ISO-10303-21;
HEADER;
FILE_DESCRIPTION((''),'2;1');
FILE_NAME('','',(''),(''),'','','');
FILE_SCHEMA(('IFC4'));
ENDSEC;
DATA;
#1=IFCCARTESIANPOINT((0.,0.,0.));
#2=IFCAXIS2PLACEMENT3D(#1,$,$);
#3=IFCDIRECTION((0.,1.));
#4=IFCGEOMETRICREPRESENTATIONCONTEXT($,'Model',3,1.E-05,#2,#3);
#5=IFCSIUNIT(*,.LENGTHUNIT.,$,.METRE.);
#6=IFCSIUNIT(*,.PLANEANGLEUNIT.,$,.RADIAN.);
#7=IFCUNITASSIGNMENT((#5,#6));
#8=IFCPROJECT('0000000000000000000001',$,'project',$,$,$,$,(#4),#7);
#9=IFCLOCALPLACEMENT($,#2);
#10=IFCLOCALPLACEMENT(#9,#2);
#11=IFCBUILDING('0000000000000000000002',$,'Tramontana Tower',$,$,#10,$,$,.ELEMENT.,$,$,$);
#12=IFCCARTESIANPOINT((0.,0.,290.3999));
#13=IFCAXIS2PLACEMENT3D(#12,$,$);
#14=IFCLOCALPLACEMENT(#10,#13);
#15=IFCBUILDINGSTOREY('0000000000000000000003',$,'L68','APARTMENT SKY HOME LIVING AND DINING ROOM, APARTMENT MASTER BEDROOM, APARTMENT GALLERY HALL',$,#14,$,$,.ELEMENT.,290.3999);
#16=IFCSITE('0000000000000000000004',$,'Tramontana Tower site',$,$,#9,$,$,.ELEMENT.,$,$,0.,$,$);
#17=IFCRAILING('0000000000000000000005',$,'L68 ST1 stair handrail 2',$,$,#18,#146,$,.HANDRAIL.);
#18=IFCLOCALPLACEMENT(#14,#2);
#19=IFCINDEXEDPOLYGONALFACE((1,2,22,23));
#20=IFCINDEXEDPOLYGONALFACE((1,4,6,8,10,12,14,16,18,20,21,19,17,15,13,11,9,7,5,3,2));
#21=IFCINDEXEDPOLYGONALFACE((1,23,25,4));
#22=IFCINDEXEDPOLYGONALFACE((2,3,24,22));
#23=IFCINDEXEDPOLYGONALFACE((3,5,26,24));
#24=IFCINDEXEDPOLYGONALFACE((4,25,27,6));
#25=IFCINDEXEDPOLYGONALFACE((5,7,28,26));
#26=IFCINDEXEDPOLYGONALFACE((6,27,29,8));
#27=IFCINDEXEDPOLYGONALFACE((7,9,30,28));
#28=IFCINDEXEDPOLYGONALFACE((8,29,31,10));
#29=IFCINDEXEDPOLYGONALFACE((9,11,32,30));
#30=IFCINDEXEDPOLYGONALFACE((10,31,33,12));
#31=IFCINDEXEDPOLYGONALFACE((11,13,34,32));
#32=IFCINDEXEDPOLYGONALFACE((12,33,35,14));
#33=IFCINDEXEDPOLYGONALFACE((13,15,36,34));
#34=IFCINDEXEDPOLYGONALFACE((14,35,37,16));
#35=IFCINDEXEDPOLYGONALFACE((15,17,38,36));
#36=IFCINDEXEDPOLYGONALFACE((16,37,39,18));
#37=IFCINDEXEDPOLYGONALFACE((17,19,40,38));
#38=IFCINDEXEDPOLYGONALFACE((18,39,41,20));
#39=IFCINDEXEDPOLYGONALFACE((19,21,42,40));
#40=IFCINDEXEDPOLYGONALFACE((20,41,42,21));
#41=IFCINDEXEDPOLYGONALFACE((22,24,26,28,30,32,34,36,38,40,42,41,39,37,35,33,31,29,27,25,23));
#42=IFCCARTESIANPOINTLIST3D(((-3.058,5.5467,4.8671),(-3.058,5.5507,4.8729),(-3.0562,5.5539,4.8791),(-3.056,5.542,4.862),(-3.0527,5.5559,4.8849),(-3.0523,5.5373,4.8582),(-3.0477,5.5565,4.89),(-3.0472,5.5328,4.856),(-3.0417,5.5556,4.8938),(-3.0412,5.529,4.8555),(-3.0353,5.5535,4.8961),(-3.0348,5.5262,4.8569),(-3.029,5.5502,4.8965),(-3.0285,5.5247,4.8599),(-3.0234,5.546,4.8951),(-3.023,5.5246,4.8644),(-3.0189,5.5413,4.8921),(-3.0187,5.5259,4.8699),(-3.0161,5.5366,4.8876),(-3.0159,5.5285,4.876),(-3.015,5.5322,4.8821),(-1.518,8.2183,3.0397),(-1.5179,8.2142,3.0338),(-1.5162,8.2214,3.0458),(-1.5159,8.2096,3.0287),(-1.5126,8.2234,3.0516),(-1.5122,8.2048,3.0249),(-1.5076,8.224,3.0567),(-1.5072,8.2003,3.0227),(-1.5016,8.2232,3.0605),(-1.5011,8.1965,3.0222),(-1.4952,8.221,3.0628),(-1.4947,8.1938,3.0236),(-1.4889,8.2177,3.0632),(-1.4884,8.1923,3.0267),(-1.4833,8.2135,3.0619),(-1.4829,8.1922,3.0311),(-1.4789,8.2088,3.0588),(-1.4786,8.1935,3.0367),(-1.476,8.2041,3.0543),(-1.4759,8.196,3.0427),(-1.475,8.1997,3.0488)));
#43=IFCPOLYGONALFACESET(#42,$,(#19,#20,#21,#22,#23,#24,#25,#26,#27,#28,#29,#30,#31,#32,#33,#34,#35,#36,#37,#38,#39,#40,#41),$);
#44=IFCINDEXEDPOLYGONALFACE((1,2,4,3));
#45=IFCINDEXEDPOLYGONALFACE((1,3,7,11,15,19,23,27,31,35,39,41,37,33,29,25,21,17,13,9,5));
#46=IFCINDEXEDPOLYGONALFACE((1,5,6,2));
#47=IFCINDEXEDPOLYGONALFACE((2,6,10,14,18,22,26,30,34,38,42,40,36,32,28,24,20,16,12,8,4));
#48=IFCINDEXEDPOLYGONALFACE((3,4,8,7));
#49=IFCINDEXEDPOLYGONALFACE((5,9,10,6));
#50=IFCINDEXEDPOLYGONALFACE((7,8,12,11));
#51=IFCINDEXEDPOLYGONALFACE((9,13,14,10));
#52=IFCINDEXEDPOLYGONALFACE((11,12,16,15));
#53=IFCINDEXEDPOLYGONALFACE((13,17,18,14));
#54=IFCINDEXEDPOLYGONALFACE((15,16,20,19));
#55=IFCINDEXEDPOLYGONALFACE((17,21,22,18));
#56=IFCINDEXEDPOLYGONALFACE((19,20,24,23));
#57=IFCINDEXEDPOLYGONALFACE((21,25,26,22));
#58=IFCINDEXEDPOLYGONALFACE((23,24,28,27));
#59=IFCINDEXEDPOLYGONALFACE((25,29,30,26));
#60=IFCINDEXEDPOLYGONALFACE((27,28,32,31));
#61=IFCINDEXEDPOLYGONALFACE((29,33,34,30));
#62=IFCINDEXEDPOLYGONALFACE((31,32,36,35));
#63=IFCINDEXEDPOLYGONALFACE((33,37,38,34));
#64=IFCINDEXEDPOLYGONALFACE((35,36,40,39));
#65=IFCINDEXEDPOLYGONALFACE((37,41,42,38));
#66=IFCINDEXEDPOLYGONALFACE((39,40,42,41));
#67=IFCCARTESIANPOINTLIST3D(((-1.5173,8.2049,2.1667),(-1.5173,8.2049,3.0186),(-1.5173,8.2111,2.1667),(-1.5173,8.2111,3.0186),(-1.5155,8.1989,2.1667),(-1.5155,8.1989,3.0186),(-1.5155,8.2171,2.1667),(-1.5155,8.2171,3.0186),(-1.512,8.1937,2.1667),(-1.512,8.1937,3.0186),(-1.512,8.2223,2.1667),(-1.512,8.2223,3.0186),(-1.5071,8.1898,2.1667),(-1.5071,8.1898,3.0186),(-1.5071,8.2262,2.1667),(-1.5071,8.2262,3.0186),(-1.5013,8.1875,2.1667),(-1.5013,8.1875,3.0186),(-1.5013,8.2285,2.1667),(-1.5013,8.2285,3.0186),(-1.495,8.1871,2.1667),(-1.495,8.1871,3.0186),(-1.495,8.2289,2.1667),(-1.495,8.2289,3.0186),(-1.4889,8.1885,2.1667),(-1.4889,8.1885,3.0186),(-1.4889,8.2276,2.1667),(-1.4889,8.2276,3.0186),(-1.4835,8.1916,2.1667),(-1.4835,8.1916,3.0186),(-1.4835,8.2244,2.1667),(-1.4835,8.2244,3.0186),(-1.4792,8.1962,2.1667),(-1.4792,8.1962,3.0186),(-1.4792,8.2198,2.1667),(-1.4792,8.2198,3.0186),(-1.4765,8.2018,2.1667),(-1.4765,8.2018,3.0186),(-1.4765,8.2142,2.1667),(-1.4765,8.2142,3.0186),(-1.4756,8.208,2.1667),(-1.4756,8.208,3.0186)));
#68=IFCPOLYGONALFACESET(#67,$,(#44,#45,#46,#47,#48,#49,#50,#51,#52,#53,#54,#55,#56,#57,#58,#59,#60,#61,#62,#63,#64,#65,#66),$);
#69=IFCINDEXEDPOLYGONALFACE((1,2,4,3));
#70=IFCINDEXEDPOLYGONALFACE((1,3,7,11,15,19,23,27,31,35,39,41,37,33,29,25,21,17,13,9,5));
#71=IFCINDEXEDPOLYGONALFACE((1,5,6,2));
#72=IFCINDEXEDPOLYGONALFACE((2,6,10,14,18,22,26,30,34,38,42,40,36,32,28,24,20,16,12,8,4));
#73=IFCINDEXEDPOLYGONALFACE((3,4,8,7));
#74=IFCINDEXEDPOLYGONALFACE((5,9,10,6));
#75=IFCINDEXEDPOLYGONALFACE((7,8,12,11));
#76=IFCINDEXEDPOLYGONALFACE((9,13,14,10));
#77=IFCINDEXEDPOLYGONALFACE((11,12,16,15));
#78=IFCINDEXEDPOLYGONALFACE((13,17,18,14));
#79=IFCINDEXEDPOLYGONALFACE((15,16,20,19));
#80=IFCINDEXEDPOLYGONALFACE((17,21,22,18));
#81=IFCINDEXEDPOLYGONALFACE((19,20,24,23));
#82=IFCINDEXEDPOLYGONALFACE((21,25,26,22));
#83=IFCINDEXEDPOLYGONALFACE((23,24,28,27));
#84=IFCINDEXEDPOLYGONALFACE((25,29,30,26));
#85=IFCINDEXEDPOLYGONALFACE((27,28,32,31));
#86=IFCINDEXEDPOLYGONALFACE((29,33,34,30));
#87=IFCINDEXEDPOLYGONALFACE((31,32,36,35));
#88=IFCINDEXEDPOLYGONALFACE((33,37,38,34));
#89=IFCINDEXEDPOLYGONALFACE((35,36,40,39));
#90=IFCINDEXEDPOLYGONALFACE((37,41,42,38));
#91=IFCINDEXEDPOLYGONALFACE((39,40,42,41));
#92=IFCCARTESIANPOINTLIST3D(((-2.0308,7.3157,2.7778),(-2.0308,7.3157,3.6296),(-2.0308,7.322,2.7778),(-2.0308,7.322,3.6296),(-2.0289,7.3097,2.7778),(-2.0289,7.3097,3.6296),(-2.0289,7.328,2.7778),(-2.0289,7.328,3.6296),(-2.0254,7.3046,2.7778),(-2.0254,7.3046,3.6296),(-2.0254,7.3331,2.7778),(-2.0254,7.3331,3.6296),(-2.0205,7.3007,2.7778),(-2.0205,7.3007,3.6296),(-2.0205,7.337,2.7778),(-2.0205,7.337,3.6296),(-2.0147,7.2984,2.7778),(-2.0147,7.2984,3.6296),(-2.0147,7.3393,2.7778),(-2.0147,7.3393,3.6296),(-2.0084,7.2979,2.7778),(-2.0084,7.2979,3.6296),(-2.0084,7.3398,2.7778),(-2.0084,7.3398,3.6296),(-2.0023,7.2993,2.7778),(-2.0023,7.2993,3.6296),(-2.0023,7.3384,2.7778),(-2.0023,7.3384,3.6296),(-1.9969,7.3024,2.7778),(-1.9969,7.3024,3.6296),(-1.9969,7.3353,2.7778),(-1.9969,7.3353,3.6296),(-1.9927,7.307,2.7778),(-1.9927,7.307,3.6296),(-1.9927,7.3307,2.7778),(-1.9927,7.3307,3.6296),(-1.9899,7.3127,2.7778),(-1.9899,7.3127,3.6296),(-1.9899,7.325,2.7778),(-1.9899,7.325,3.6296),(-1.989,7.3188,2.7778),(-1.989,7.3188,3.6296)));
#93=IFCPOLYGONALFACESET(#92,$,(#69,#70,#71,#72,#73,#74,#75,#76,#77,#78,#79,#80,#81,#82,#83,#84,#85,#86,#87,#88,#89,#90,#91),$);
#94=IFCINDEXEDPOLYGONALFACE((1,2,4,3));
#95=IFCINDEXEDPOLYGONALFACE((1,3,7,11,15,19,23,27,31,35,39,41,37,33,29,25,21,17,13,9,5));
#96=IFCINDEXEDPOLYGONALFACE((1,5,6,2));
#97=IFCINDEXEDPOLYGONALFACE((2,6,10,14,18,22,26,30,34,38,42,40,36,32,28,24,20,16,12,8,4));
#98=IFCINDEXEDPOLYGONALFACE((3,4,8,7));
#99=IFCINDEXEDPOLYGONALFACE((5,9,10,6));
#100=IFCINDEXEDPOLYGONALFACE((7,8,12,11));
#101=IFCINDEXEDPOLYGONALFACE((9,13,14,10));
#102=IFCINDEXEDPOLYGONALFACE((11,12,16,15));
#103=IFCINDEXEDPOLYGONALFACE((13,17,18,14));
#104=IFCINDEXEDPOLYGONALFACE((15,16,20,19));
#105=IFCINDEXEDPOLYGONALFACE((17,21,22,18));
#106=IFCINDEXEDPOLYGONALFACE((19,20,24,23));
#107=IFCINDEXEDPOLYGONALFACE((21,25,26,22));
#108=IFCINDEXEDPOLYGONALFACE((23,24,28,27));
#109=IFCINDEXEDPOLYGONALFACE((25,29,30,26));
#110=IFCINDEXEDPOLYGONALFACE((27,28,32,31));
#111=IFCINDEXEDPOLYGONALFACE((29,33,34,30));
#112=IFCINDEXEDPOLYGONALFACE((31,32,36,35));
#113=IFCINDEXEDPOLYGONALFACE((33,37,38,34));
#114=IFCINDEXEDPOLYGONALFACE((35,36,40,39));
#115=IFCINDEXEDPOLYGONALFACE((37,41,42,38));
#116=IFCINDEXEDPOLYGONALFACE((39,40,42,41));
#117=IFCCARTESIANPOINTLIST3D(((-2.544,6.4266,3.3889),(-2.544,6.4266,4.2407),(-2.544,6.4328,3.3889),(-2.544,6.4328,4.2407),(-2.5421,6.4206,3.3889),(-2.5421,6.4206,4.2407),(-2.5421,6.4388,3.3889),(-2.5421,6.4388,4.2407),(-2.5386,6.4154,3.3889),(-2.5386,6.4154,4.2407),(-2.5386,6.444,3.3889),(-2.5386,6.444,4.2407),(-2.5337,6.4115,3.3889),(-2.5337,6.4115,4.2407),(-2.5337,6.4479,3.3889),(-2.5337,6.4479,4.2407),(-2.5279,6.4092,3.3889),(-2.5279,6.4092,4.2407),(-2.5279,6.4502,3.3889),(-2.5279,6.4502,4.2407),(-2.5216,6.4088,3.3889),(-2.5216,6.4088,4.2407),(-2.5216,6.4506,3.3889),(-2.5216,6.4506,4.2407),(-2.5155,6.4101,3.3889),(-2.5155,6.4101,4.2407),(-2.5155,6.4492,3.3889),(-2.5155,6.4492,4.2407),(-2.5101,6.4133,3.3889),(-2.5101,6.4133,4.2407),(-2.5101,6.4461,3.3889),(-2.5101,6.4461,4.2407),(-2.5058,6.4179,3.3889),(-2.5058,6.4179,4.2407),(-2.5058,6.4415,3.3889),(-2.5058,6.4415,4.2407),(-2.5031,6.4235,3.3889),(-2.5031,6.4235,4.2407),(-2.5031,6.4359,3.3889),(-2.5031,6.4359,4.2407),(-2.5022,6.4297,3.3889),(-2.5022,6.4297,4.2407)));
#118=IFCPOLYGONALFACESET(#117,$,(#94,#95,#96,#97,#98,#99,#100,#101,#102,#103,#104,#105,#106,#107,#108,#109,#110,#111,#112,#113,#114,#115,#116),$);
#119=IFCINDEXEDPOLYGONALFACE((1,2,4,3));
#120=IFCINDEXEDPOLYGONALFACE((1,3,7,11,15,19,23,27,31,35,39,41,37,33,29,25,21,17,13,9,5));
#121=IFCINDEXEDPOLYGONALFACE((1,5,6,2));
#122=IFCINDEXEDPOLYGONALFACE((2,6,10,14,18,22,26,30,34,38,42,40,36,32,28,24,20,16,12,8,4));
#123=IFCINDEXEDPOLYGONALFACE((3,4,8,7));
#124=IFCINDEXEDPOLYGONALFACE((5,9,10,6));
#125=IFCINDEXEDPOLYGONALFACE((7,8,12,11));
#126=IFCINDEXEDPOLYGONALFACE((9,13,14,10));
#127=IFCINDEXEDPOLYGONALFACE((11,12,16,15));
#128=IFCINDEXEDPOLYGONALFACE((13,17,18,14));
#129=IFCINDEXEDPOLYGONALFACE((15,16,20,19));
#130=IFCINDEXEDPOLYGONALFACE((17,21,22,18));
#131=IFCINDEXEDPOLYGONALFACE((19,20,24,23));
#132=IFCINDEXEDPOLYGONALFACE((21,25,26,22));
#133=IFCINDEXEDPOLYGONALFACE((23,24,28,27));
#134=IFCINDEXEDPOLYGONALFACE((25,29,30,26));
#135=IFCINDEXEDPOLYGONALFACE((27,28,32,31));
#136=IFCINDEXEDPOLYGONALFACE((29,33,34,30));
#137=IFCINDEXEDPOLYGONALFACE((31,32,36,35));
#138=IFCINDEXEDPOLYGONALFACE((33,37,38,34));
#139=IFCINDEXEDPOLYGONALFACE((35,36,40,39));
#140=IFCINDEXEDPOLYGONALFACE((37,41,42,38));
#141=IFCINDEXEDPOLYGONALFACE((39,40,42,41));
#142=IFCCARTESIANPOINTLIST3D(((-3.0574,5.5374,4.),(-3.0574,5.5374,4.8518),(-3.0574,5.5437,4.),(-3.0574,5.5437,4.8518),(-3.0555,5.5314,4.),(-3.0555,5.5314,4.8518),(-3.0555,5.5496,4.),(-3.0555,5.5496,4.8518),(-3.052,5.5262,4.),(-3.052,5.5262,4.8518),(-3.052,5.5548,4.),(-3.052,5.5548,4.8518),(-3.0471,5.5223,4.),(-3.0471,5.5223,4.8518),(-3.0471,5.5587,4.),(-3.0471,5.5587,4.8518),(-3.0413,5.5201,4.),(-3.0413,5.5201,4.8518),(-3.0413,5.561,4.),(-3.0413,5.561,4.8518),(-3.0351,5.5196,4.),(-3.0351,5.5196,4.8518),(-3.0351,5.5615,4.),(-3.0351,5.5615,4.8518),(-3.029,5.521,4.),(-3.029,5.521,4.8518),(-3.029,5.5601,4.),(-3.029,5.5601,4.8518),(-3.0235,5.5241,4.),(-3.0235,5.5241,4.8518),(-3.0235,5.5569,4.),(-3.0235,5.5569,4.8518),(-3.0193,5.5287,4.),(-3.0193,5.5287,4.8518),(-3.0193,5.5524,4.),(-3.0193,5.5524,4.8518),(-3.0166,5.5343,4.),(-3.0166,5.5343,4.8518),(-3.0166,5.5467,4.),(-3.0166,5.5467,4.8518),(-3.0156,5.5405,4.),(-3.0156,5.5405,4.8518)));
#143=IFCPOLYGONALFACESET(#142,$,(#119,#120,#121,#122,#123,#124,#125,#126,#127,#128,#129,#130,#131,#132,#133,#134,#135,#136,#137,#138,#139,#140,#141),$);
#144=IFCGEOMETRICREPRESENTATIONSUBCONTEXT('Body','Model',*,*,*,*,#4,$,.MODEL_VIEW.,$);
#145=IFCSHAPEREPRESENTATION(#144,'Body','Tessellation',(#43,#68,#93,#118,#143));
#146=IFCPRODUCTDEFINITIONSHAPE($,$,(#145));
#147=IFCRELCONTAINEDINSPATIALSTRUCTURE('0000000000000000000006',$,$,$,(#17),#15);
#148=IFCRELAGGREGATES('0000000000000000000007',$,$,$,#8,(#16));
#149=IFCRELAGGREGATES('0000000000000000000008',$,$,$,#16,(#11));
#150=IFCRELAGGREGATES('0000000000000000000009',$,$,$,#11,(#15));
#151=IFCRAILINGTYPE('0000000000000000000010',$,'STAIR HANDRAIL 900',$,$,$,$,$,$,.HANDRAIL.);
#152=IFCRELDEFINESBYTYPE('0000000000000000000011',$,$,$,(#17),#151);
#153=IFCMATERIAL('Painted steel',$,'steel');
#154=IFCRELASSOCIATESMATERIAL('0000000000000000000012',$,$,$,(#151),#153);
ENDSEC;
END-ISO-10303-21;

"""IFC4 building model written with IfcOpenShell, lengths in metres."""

from ifc_helpers import new_model, si_unit, direction, frame, origin, origin_2d, place, context, subcontext, project, spatial, circle, extrude, material, type_object, element, save


model = new_model("IFC4")

# Units and contexts
model_context = context("Model", 3, precision=1e-05, world=origin(), true_north=direction((0.0, 1.0)))
body_context = subcontext(model_context, "Body", "Model", "MODEL_VIEW")
ifc_project = project(units=[si_unit("LENGTHUNIT", "METRE"), si_unit("PLANEANGLEUNIT", "RADIAN")], contexts=[model_context])

# Site, building, storey
site_placement = place(None, origin())
site = spatial("IfcSite", under=ifc_project, at=site_placement, Name="Tramontana Tower site", CompositionType="ELEMENT", RefElevation=0.0)
building_placement = place(site_placement, origin())
building = spatial("IfcBuilding", under=site, at=building_placement, Name="Tramontana Tower", CompositionType="ELEMENT")
storey_placement = place(building_placement, frame((0.0, 0.0, 290.3999)))
storey = spatial("IfcBuildingStorey", under=building, at=storey_placement, Name="L68", Description="APARTMENT SKY HOME LIVING AND DINING ROOM, APARTMENT MASTER BEDROOM, APARTMENT GALLERY HALL", CompositionType="ELEMENT", Elevation=290.3999)

# Railing
ifc_material_1 = material(Name="Painted steel", Category="steel")
railing_type_1 = type_object("IfcRailingType", Name="STAIR HANDRAIL 900", PredefinedType="HANDRAIL", material=ifc_material_1)
railing_1_placement = place(storey_placement, frame((-1.4966, 8.208, 2.1667)))
element("IfcRailing", 1, at=railing_1_placement, inside=storey, type_object=railing_type_1, Name="L68 ST1 stair handrail 2", PredefinedType="HANDRAIL", context=body_context, shape_type="SweptSolid", body=[
    extrude(circle(Radius=0.0239, at=origin_2d()), frame((0.0, 0.0, 0.876), z_axis=(-0.429649, -0.74419, 0.511452), x_axis=(0.86603, -0.499992, 0.0)), (0.0, 0.0, 1.0), 3.5845),
    extrude(circle(Radius=0.021, at=origin_2d()), origin(), (0.0, 0.0, 1.0), 0.8518),
    extrude(circle(Radius=0.021, at=origin_2d()), frame((-0.5134, -0.8892, 0.6111)), (0.0, 0.0, 1.0), 0.8518),
    extrude(circle(Radius=0.021, at=origin_2d()), frame((-1.0266, -1.7783, 1.2222)), (0.0, 0.0, 1.0), 0.8518),
    extrude(circle(Radius=0.021, at=origin_2d()), frame((-1.54, -2.6675, 1.8333)), (0.0, 0.0, 1.0), 0.8518),
])

save(model, "model.ifc")
